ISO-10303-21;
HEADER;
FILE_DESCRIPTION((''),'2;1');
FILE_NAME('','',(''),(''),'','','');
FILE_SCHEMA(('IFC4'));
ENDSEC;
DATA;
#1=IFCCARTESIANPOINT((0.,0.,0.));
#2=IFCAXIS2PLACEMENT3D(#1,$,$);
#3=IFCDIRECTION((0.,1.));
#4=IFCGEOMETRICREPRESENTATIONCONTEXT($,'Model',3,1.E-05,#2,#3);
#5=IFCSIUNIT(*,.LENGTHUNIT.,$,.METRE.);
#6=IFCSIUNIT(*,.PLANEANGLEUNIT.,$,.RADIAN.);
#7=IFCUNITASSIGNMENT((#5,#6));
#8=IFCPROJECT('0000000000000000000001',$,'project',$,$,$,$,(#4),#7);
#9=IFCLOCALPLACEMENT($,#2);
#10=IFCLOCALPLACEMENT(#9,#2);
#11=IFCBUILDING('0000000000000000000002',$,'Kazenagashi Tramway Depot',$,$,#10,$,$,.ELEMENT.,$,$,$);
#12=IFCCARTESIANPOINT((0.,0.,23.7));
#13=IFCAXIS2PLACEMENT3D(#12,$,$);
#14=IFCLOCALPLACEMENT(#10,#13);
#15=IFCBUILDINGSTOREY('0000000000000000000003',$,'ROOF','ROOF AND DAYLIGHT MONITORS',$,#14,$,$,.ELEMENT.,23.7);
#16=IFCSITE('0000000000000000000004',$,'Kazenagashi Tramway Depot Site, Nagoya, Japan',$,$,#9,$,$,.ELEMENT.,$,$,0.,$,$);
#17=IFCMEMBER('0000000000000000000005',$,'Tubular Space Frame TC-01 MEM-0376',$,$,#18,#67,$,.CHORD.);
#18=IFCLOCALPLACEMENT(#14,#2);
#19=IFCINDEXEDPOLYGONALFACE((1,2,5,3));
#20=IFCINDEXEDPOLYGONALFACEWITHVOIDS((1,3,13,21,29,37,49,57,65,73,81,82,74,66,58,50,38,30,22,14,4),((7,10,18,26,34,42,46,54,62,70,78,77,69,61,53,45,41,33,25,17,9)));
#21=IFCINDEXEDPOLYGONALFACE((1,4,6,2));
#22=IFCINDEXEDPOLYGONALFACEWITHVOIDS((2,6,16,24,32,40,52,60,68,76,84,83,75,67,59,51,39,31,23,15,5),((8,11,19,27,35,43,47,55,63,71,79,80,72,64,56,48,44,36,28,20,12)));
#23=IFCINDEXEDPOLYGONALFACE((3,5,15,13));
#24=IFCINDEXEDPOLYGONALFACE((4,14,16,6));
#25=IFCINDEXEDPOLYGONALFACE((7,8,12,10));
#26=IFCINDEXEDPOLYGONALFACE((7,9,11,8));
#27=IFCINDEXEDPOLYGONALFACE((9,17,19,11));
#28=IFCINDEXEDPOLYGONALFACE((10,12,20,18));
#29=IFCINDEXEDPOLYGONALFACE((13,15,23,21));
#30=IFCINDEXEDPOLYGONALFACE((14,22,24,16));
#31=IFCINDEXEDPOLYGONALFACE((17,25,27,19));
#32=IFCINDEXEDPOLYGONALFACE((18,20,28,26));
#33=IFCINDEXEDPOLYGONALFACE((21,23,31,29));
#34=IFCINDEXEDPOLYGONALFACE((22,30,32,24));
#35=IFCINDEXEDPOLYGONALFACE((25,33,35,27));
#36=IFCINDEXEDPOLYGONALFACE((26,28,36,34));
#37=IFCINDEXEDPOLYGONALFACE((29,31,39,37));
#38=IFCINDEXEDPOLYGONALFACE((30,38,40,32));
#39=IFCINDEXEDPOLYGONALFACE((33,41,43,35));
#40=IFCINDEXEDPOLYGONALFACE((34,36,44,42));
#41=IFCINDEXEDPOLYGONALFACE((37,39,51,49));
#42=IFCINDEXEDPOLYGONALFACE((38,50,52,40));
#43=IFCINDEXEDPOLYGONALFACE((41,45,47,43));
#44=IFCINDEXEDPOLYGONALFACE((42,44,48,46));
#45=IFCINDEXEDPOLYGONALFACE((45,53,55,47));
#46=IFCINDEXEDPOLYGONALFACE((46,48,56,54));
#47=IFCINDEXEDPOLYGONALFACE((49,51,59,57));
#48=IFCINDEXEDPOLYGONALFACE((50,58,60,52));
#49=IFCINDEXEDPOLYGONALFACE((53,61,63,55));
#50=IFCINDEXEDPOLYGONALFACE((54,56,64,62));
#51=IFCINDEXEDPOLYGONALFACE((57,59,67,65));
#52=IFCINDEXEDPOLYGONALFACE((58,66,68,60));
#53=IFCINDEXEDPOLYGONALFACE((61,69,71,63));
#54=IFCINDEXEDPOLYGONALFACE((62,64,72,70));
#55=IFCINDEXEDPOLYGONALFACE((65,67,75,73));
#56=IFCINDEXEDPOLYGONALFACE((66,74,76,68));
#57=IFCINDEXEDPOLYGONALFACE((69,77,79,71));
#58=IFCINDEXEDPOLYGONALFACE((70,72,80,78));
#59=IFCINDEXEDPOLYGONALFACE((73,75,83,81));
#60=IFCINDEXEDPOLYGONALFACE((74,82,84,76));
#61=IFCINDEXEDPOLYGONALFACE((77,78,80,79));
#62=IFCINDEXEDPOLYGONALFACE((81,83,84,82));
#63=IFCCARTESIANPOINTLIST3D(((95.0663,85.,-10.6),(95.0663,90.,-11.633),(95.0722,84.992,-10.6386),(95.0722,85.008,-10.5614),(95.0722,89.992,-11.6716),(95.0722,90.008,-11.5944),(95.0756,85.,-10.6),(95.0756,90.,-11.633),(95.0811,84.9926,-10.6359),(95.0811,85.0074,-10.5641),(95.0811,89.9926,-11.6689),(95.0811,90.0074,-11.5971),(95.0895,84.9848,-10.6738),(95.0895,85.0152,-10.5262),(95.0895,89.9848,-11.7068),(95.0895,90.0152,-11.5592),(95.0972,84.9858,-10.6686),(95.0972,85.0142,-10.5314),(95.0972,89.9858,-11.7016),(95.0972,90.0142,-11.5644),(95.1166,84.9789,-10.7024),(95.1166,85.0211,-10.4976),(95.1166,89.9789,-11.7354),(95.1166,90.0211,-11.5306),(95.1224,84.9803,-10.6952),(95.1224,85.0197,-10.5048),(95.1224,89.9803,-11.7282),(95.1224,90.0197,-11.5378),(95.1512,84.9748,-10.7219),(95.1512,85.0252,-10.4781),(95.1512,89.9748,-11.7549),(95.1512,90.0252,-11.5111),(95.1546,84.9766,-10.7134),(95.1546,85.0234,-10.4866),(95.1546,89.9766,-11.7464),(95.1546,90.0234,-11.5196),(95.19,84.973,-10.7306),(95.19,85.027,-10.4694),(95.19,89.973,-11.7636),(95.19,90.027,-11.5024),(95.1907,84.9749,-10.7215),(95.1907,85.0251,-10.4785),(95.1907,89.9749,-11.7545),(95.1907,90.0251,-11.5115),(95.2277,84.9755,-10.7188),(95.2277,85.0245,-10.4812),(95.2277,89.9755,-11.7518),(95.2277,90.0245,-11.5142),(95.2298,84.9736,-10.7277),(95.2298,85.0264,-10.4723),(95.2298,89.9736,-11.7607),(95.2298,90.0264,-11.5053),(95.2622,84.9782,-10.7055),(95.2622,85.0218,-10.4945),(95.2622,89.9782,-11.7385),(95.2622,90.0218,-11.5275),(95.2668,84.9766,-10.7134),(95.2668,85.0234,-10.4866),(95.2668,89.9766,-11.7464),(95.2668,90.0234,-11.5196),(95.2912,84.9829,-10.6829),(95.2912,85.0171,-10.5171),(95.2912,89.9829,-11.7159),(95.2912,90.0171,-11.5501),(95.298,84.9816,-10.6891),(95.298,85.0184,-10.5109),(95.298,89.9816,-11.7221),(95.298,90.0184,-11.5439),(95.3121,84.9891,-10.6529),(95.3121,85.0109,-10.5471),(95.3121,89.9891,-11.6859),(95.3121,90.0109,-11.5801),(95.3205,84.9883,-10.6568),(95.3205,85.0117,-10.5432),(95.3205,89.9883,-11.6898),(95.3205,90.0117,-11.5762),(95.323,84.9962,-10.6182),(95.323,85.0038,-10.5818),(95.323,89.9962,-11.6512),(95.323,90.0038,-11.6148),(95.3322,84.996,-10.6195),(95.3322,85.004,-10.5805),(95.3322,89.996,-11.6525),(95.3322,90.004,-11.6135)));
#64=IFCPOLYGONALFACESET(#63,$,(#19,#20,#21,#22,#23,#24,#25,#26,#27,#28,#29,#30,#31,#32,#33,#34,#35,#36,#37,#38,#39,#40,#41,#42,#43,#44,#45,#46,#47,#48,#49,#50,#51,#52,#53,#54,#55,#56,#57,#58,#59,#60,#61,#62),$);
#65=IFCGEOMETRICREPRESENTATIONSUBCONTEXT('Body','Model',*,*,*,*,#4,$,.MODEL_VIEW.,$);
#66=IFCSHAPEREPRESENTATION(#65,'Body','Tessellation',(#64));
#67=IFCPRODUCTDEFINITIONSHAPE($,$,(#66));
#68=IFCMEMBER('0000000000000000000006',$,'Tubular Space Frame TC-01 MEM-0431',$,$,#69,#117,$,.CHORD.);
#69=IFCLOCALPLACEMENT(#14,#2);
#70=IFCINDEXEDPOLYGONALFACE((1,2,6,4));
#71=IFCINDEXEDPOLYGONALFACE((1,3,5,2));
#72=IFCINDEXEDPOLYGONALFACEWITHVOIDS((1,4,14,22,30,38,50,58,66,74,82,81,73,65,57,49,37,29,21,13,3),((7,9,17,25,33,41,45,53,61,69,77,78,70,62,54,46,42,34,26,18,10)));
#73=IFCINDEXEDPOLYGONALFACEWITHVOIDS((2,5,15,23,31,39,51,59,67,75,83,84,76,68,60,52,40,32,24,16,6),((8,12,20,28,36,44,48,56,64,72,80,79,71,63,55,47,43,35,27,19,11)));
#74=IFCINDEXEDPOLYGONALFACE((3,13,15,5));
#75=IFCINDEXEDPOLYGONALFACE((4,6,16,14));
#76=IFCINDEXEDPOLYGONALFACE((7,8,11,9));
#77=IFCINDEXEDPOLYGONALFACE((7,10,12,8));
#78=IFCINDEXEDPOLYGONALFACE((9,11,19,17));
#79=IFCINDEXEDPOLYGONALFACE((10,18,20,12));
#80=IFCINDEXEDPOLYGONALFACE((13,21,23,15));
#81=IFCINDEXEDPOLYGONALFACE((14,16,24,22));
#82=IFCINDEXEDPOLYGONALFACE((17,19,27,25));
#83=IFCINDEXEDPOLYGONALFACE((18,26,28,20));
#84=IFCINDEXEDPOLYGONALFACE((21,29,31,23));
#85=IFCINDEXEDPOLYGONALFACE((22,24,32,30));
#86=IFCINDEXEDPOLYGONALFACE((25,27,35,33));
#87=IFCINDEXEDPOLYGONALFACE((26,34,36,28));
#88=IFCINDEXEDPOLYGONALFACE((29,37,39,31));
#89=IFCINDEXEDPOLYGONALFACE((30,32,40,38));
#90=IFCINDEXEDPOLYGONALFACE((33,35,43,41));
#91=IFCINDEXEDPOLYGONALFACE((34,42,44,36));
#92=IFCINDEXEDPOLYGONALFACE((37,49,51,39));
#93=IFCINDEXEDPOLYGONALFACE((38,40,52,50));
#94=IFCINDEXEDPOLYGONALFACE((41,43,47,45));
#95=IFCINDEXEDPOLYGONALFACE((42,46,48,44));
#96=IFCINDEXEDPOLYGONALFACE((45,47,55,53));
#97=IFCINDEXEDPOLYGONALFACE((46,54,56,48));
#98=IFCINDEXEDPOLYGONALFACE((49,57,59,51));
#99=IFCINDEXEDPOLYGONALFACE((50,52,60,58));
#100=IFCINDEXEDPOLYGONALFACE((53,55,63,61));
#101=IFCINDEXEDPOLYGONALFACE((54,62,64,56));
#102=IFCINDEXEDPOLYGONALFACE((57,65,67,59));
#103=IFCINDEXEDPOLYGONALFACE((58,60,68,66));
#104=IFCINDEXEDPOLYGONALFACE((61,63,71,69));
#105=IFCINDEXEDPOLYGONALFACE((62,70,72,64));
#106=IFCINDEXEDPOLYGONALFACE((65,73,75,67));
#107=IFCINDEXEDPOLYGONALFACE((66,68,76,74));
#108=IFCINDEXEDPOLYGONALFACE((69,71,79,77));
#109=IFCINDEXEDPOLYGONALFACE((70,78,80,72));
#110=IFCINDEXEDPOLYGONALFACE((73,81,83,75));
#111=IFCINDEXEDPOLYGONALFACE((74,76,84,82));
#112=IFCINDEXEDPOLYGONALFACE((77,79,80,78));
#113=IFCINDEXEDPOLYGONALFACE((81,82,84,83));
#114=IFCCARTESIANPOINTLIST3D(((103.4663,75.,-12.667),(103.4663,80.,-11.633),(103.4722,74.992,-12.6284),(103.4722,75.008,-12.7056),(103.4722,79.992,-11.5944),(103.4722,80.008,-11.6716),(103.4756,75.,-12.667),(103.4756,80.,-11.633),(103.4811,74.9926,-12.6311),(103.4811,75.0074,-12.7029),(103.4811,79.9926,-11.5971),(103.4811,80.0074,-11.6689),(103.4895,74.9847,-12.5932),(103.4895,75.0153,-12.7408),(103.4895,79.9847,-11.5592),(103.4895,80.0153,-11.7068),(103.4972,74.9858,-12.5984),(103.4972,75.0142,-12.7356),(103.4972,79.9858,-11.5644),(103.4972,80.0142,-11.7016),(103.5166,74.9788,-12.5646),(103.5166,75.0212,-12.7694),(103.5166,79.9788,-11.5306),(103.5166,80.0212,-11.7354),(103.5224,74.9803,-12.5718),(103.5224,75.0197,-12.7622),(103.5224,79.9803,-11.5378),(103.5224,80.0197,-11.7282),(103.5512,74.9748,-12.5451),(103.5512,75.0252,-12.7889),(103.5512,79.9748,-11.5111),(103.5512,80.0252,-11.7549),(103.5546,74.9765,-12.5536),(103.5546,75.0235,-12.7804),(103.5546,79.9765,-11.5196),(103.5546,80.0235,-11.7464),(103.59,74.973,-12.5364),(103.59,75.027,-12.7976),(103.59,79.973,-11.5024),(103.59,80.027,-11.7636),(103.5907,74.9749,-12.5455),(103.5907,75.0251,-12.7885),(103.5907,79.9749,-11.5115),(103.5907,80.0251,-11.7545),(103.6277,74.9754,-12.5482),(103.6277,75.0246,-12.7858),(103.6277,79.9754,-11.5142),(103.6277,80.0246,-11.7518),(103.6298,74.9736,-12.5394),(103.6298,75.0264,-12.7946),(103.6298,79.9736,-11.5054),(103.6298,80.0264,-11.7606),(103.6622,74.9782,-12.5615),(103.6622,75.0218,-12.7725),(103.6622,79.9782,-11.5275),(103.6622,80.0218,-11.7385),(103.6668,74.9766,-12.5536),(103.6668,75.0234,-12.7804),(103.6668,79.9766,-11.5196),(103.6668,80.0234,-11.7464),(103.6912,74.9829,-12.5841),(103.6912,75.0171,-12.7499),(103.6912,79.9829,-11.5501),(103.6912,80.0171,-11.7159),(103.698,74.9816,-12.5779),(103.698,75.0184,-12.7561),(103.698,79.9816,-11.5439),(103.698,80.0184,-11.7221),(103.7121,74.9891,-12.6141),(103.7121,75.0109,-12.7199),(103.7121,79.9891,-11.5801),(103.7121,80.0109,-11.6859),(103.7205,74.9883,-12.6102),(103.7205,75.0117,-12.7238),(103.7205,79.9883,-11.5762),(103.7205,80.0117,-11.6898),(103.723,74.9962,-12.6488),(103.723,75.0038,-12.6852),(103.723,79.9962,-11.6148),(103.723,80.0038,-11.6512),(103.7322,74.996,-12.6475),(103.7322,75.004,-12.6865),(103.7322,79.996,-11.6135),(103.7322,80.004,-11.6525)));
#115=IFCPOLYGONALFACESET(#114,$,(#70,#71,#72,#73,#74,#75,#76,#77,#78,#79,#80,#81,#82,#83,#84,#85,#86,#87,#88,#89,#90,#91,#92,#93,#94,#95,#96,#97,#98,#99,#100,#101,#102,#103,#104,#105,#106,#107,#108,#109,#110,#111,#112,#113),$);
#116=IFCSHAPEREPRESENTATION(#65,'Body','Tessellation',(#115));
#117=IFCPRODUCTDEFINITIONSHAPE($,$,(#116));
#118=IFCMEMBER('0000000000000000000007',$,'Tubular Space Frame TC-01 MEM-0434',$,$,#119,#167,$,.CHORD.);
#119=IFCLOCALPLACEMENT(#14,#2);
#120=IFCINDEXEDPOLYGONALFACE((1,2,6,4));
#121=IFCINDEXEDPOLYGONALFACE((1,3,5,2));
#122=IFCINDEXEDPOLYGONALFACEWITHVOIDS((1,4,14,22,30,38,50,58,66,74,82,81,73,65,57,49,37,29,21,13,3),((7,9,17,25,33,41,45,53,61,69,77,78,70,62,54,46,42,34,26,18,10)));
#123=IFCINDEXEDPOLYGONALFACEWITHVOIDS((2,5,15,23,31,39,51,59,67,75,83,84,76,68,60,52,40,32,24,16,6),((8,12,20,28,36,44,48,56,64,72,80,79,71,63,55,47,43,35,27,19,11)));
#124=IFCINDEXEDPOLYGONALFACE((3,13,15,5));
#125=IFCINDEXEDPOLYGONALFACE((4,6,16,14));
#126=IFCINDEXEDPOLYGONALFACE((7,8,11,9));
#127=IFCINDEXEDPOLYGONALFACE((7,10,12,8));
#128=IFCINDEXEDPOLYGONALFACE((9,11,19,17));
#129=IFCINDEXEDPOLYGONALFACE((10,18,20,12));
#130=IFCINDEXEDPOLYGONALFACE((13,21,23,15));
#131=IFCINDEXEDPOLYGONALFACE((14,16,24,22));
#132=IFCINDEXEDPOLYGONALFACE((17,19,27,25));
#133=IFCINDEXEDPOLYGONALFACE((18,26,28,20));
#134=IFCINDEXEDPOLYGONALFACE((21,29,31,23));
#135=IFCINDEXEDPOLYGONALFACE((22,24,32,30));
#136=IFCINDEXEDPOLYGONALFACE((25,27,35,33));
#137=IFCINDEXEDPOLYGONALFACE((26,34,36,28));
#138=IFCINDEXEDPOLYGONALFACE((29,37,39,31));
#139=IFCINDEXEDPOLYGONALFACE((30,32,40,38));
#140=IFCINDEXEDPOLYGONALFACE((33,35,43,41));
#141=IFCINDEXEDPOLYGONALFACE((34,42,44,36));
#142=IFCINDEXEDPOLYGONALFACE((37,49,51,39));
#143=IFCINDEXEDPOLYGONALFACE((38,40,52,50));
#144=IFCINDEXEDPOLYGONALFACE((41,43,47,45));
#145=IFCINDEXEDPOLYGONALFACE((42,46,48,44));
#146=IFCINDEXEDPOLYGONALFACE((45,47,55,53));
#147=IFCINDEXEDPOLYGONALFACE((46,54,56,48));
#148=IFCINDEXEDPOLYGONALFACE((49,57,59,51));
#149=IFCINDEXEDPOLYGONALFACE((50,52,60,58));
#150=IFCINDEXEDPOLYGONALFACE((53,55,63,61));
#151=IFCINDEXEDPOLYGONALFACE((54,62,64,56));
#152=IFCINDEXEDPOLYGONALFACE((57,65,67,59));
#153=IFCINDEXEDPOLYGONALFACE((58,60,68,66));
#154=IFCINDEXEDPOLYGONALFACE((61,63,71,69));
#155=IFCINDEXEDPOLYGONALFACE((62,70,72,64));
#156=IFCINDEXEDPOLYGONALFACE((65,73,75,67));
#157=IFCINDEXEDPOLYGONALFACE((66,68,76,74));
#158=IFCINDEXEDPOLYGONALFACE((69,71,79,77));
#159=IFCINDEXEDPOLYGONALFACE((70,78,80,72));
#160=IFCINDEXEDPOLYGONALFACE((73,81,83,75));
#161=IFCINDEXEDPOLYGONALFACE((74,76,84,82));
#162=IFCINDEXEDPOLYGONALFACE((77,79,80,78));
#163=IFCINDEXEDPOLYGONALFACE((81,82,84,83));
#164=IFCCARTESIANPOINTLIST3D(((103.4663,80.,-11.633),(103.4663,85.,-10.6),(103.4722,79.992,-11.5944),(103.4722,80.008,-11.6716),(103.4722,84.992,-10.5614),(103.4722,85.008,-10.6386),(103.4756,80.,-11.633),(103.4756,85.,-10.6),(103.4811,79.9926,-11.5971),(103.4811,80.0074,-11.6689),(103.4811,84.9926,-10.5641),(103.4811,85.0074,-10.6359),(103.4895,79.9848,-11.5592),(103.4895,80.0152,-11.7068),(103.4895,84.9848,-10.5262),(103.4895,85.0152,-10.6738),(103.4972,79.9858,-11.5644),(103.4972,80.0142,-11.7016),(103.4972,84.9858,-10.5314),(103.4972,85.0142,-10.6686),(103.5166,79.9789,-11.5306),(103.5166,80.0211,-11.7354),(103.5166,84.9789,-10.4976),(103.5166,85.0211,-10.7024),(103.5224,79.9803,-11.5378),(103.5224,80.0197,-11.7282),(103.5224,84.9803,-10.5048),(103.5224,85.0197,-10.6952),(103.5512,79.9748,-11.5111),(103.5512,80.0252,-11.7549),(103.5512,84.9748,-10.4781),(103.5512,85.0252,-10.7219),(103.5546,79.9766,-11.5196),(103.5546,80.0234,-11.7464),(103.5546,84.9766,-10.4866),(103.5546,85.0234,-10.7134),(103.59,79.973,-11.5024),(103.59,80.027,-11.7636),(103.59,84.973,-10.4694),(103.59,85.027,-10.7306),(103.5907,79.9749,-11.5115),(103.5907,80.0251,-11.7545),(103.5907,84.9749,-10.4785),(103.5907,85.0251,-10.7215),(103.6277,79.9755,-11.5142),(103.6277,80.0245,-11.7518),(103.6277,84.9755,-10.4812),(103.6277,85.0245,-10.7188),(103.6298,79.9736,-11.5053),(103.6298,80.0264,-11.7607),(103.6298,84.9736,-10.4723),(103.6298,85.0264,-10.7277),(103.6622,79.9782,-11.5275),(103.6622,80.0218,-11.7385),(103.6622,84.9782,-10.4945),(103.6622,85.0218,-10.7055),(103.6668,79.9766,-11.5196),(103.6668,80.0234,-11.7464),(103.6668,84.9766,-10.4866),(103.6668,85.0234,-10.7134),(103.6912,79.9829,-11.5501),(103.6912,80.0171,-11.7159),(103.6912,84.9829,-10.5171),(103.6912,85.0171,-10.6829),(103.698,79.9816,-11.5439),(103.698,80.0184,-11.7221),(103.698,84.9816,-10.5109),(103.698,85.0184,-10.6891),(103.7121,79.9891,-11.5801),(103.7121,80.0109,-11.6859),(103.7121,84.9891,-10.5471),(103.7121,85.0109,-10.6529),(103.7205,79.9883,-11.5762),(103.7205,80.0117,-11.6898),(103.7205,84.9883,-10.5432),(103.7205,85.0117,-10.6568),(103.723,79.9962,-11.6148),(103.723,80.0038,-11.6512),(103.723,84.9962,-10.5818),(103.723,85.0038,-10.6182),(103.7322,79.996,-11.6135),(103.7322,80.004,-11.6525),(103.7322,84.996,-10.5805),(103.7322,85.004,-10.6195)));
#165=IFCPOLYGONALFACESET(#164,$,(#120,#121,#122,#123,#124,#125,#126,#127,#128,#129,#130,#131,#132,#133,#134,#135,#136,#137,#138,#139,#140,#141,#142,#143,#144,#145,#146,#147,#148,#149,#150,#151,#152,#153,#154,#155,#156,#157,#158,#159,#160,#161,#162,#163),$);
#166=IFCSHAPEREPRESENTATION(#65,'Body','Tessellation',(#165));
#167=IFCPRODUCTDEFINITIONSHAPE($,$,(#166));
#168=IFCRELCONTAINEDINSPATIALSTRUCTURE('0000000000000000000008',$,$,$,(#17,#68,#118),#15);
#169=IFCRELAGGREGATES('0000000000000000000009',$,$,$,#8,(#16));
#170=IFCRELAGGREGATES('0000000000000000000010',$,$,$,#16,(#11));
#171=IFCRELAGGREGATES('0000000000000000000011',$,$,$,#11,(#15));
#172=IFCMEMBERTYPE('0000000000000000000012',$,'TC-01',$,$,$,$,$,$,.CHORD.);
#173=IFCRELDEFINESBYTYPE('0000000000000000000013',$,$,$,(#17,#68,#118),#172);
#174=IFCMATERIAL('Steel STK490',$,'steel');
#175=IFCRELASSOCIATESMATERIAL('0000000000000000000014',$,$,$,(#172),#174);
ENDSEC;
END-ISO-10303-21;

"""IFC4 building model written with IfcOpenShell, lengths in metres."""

from ifc_helpers import new_model, si_unit, direction, frame, origin, origin_2d, place, context, subcontext, project, spatial, hollow_circle, extrude, material, material_profile, profile_set, type_object, element, save


model = new_model("IFC4")

# Units and contexts
model_context = context("Model", 3, precision=1e-05, world=origin(), true_north=direction((0.0, 1.0)))
body_context = subcontext(model_context, "Body", "Model", "MODEL_VIEW")
ifc_project = project(units=[si_unit("LENGTHUNIT", "METRE"), si_unit("PLANEANGLEUNIT", "RADIAN")], contexts=[model_context])

# Site, building, storey
site_placement = place(None, origin())
site = spatial("IfcSite", under=ifc_project, at=site_placement, Name="Kazenagashi Tramway Depot Site, Nagoya, Japan", CompositionType="ELEMENT", RefElevation=0.0)
building_placement = place(site_placement, origin())
building = spatial("IfcBuilding", under=site, at=building_placement, Name="Kazenagashi Tramway Depot", CompositionType="ELEMENT")
storey_placement = place(building_placement, frame((0.0, 0.0, 23.7)))
storey = spatial("IfcBuildingStorey", under=building, at=storey_placement, Name="ROOF", Description="ROOF AND DAYLIGHT MONITORS", CompositionType="ELEMENT", Elevation=23.7)

# Members
ifc_material_1 = material(Name="Steel STK490", Category="steel")
ifc_material_profile_1 = material_profile(ifc_material_1, hollow_circle(Radius=0.1337, WallThickness=0.0093, at=origin_2d()), Name="CHS-267.4x9.3")
ifc_profile_set_1 = profile_set([ifc_material_profile_1], Name="Steel STK490")
member_type_1 = type_object("IfcMemberType", Name="TC-01", PredefinedType="CHORD", material=ifc_profile_set_1)
for number, where, z_axis, x_axis, name in (
    (1, (95.2, 85.0, -10.6), (0.0, 0.979318, -0.202327), (-1.0, 0.0, 0.0), "Tubular Space Frame TC-01 MEM-0376"),
):
    element("IfcMember", number, at=place(storey_placement, frame(where, z_axis=z_axis, x_axis=x_axis)), inside=storey, type_object=member_type_1, Name=name, PredefinedType="CHORD", context=body_context, shape_type="SweptSolid", body=[
        extrude(hollow_circle(Radius=0.1337, WallThickness=0.0093, at=origin_2d()), origin(), (0.0, 0.0, 1.0), 5.1056),
    ])
member_1_placement = place(storey_placement, frame((103.6, 75.0, -12.667), z_axis=(0.0, 0.979279, 0.202515), x_axis=(-1.0, 0.0, 0.0)))
element("IfcMember", 2, at=member_1_placement, inside=storey, type_object=member_type_1, Name="Tubular Space Frame TC-01 MEM-0431", PredefinedType="CHORD", context=body_context, shape_type="SweptSolid", body=[
    extrude(hollow_circle(Radius=0.1337, WallThickness=0.0093, at=origin_2d()), origin(), (0.0, 0.0, 1.0), 5.1058),
])
for number, where, z_axis, x_axis, name in (
    (3, (103.6, 80.0, -11.633), (0.0, 0.979318, 0.202327), (-1.0, 0.0, 0.0), "Tubular Space Frame TC-01 MEM-0434"),
):
    element("IfcMember", number, at=place(storey_placement, frame(where, z_axis=z_axis, x_axis=x_axis)), inside=storey, type_object=member_type_1, Name=name, PredefinedType="CHORD", context=body_context, shape_type="SweptSolid", body=[
        extrude(hollow_circle(Radius=0.1337, WallThickness=0.0093, at=origin_2d()), origin(), (0.0, 0.0, 1.0), 5.1056),
    ])

save(model, "model.ifc")
